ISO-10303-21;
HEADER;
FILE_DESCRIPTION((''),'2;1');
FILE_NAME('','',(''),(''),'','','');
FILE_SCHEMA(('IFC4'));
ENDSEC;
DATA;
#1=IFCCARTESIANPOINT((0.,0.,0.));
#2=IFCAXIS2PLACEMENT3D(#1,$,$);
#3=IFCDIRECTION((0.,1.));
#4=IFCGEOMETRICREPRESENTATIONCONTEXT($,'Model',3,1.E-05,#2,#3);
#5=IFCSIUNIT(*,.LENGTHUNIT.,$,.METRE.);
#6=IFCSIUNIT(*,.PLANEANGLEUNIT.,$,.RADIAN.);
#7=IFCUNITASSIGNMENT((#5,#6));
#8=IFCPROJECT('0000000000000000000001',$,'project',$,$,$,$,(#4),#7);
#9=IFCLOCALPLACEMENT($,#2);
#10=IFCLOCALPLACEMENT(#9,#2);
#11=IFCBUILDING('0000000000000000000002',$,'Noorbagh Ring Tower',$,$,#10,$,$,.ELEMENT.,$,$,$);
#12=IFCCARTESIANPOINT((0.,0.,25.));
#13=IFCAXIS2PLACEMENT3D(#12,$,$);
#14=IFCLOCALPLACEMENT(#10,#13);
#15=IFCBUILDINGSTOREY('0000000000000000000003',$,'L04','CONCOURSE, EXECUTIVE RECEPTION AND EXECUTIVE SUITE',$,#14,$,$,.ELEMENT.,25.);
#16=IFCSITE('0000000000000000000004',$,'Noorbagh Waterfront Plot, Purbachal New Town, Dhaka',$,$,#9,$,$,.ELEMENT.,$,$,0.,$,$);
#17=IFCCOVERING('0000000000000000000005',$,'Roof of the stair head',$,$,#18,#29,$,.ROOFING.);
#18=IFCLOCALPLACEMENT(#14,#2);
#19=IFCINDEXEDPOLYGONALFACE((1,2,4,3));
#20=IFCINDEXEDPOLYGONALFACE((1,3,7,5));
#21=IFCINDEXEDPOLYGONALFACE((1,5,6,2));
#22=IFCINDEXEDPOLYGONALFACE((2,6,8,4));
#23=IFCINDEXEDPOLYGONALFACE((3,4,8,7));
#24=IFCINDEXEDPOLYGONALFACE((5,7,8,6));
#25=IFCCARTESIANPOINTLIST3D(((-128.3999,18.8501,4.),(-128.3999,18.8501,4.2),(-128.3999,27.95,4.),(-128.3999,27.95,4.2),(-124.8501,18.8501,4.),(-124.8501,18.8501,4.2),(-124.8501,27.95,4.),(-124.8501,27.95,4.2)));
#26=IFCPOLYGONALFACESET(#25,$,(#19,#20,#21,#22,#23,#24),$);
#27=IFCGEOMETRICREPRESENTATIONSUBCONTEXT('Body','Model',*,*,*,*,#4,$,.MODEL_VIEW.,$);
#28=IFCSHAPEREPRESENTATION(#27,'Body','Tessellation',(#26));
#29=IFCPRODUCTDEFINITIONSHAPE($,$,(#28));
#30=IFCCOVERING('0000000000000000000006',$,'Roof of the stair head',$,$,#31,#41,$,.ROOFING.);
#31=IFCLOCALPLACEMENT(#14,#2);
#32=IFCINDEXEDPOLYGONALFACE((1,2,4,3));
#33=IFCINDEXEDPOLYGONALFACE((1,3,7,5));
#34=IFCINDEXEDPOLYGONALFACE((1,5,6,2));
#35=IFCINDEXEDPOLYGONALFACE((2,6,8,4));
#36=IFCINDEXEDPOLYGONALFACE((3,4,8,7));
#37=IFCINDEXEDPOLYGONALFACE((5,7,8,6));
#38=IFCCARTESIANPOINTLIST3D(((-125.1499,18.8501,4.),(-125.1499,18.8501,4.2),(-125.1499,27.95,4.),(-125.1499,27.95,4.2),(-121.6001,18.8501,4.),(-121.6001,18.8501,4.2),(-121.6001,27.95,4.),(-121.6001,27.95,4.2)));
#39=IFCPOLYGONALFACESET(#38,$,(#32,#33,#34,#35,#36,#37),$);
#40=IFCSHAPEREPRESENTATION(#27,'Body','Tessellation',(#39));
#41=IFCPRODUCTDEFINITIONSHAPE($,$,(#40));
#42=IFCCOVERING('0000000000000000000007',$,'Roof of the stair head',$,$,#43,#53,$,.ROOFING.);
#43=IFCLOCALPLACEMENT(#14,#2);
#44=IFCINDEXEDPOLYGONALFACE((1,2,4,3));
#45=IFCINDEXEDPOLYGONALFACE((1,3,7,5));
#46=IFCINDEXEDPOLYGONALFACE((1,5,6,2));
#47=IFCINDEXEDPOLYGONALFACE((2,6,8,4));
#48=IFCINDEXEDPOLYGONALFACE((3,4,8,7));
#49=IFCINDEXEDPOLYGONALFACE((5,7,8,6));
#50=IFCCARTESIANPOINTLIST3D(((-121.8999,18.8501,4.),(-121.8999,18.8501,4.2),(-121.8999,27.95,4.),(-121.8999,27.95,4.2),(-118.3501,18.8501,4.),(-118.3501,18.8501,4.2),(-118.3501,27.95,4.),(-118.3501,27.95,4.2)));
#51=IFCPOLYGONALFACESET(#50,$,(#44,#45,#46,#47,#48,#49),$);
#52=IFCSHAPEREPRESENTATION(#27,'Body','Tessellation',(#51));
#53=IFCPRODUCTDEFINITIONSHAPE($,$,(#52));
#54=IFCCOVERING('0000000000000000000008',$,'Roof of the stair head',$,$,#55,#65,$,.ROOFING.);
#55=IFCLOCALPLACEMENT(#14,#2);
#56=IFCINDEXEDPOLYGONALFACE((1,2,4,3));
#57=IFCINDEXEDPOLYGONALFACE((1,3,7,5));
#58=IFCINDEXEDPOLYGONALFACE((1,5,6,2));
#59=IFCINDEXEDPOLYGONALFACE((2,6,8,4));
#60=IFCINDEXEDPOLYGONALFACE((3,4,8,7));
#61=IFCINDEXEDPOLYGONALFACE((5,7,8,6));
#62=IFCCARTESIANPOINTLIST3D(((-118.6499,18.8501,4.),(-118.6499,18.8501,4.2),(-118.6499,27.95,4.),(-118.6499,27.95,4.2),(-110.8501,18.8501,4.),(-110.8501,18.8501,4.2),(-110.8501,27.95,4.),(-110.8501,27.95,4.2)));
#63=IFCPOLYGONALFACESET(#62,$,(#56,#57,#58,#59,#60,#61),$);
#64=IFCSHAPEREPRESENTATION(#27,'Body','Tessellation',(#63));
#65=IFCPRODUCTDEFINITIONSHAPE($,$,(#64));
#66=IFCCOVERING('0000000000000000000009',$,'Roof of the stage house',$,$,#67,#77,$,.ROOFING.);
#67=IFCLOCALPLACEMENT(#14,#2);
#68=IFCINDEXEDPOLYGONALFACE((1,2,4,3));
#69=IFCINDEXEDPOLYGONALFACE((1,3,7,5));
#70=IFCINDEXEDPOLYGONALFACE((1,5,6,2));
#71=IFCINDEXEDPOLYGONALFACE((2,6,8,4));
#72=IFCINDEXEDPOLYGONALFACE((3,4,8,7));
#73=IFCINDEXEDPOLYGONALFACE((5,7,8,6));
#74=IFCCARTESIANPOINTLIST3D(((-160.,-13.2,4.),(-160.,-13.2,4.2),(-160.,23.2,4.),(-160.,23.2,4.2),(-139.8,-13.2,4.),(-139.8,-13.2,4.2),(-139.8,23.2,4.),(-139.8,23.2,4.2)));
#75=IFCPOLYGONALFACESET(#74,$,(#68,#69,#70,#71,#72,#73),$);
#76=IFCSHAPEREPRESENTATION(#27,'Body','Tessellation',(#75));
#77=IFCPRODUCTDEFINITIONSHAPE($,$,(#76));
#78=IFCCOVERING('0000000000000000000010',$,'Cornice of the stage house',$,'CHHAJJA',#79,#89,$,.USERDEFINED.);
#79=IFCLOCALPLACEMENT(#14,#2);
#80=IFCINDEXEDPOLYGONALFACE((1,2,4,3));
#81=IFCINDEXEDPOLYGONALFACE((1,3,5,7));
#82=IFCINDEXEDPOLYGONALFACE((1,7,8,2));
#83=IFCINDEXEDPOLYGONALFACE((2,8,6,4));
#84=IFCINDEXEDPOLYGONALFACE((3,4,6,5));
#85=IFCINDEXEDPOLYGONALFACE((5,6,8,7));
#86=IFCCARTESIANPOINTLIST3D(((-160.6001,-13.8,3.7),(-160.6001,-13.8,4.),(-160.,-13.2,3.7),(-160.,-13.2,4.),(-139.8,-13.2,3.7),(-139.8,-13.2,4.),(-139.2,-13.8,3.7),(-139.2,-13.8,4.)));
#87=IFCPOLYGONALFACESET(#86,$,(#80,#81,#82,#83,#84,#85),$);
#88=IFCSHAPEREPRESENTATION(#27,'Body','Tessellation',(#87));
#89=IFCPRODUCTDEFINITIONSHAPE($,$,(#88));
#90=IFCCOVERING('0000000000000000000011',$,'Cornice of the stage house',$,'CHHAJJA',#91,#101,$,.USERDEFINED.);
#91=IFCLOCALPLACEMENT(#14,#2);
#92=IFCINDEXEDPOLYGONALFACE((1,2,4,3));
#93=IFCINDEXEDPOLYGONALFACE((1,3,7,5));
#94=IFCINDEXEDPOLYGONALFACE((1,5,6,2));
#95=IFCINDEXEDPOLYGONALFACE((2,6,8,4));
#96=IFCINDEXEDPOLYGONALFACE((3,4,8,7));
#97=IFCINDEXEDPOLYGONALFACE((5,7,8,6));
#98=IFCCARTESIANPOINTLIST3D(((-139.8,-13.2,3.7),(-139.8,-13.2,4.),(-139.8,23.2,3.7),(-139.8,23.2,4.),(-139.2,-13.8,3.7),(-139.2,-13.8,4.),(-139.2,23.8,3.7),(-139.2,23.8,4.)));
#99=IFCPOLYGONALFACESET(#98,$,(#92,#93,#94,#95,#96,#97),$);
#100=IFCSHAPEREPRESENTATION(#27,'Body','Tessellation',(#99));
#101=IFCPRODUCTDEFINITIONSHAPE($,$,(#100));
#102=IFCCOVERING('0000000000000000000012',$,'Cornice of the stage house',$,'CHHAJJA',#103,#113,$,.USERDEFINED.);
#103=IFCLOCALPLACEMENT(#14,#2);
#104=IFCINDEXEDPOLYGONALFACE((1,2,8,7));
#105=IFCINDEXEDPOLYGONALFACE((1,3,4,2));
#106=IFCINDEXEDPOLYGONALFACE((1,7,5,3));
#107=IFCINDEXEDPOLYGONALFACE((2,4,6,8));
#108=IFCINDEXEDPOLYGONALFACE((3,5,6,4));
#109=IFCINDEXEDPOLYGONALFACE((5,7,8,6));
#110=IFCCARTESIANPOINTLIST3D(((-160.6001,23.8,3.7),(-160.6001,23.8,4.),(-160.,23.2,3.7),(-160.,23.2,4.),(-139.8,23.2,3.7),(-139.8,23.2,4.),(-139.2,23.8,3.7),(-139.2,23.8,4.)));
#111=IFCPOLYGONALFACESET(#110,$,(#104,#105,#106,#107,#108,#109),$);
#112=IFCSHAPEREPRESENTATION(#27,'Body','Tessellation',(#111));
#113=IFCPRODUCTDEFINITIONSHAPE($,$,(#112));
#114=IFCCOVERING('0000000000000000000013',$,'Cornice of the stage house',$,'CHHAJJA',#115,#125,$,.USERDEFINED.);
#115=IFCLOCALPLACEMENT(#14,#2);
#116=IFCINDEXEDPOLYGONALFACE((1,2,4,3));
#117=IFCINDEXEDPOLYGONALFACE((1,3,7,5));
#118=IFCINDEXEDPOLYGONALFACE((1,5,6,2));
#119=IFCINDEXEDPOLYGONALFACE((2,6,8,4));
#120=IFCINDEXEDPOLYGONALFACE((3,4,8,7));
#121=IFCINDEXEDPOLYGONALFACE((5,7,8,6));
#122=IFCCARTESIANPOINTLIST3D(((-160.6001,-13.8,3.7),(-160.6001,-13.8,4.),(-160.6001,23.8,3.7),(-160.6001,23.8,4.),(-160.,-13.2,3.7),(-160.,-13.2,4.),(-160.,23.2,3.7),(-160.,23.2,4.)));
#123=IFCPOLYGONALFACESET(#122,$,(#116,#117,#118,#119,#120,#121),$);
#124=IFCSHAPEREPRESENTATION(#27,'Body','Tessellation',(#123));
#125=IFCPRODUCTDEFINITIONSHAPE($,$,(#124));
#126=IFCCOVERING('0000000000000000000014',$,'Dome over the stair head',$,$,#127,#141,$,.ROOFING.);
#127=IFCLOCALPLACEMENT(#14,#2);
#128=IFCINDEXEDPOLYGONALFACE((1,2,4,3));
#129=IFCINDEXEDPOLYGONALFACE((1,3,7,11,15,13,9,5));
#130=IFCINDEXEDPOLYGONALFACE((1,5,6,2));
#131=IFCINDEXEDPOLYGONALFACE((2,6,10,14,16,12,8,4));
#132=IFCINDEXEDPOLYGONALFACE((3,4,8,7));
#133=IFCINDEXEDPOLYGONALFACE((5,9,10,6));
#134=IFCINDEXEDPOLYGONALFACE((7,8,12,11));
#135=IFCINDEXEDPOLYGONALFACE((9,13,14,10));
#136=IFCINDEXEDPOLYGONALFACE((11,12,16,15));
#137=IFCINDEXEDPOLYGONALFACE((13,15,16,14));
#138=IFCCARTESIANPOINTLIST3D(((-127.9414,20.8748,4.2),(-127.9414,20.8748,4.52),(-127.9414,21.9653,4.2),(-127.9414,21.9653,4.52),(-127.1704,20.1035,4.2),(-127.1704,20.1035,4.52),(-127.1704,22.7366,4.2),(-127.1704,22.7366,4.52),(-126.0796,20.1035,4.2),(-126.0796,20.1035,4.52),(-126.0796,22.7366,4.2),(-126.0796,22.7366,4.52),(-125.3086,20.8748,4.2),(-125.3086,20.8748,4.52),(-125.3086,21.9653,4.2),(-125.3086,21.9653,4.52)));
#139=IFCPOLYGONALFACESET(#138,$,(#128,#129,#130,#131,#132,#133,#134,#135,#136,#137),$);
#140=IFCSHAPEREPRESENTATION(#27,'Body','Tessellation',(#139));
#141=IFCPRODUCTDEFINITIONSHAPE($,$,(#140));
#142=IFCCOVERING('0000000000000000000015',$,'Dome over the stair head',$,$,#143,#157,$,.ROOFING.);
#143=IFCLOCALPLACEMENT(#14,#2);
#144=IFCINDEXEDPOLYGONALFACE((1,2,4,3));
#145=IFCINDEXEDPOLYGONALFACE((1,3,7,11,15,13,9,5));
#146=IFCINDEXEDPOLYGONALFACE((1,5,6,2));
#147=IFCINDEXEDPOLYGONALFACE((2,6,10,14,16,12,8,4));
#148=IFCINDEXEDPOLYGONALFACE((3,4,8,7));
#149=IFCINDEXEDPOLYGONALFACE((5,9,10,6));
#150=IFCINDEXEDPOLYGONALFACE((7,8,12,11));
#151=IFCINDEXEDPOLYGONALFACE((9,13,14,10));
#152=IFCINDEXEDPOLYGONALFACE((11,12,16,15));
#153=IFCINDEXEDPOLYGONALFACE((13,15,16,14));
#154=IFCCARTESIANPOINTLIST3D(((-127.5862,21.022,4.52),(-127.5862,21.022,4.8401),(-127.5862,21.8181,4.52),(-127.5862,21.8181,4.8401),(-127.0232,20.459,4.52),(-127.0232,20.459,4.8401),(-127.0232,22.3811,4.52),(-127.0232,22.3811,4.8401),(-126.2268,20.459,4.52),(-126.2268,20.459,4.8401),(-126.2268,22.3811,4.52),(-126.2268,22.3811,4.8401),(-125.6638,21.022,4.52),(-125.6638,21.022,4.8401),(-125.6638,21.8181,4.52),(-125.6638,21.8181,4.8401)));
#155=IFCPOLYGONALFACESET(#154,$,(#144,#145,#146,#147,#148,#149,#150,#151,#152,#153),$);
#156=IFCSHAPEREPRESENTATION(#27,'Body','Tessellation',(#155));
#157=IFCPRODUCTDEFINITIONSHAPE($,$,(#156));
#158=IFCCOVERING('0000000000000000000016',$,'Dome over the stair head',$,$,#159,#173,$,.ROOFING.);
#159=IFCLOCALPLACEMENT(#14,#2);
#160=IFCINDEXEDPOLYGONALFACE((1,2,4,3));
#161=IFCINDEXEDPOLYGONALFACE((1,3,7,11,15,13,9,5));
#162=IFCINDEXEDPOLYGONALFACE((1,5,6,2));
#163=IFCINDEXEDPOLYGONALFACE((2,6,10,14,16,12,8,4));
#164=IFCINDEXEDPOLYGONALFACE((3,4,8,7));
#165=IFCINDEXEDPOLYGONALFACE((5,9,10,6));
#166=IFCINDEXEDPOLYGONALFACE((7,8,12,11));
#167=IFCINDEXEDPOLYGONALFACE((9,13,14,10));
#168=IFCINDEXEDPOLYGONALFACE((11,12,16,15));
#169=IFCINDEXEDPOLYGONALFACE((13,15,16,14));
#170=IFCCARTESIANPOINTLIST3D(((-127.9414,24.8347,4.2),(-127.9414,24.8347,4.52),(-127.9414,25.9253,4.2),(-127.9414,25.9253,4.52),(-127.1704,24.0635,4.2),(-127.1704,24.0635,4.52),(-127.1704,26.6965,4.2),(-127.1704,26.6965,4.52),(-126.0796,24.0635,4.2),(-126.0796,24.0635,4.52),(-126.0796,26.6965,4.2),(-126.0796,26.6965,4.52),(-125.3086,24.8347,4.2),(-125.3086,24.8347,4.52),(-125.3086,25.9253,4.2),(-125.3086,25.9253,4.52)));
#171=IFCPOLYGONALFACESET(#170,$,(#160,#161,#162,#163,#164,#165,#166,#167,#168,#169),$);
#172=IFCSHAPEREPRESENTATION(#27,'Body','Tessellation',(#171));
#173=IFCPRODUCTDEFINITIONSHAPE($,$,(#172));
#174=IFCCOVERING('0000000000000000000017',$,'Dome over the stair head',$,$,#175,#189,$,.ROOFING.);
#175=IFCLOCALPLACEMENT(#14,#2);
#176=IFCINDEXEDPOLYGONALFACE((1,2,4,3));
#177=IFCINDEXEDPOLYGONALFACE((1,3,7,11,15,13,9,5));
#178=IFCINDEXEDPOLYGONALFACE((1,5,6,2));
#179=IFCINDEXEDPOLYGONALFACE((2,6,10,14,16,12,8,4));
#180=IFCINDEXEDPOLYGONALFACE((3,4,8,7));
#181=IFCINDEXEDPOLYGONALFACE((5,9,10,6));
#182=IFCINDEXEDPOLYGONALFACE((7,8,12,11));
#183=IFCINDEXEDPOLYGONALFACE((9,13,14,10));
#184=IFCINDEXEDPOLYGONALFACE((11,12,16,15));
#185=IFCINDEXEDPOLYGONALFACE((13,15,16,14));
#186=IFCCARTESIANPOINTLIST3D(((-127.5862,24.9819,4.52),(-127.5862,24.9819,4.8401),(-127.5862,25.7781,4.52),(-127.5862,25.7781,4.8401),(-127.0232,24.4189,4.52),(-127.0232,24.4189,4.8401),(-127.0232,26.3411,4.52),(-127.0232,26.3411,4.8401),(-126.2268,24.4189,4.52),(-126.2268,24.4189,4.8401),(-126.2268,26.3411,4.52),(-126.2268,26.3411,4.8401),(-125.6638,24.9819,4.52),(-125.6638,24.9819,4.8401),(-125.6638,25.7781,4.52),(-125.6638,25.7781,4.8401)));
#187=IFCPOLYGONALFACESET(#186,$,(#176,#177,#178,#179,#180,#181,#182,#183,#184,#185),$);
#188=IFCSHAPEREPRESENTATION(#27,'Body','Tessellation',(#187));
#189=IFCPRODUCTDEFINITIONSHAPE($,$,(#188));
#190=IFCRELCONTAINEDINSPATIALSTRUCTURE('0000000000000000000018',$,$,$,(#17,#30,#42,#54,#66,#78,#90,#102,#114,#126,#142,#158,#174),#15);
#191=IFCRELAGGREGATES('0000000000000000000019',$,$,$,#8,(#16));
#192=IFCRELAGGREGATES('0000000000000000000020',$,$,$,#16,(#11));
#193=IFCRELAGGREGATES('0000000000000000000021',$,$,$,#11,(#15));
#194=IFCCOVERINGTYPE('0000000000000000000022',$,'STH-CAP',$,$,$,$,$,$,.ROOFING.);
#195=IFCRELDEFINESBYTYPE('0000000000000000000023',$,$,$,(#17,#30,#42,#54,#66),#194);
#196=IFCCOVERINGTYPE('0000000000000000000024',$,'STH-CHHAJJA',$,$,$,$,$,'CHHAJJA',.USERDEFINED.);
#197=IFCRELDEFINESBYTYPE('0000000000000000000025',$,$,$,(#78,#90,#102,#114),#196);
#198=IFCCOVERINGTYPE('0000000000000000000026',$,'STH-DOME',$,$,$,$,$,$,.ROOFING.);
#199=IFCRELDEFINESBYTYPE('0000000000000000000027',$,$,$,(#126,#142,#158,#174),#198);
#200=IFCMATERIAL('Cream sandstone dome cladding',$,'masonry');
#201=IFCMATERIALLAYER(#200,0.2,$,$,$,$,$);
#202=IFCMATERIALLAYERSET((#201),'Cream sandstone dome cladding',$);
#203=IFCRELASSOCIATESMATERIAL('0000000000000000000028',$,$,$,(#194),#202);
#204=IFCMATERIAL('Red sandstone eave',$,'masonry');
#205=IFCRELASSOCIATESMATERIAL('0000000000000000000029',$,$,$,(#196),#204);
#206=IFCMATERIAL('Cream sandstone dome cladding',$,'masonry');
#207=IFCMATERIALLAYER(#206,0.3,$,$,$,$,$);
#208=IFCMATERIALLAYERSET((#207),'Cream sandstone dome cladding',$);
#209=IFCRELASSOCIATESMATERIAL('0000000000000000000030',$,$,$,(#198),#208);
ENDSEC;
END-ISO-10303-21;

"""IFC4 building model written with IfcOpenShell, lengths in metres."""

from ifc_helpers import new_model, si_unit, direction, frame, origin, place, context, subcontext, project, spatial, polyline, outline, extrude, material, layer, layer_set, type_object, element, save


model = new_model("IFC4")

# Units and contexts
model_context = context("Model", 3, precision=1e-05, world=origin(), true_north=direction((0.0, 1.0)))
body_context = subcontext(model_context, "Body", "Model", "MODEL_VIEW")
ifc_project = project(units=[si_unit("LENGTHUNIT", "METRE"), si_unit("PLANEANGLEUNIT", "RADIAN")], contexts=[model_context])

# Site, building, storey
site_placement = place(None, origin())
site = spatial("IfcSite", under=ifc_project, at=site_placement, Name="Noorbagh Waterfront Plot, Purbachal New Town, Dhaka", CompositionType="ELEMENT", RefElevation=0.0)
building_placement = place(site_placement, origin())
building = spatial("IfcBuilding", under=site, at=building_placement, Name="Noorbagh Ring Tower", CompositionType="ELEMENT")
storey_placement = place(building_placement, frame((0.0, 0.0, 25.0)))
storey = spatial("IfcBuildingStorey", under=building, at=storey_placement, Name="L04", Description="CONCOURSE, EXECUTIVE RECEPTION AND EXECUTIVE SUITE", CompositionType="ELEMENT", Elevation=25.0)

# Coverings
ifc_material_1 = material(Name="Cream sandstone dome cladding", Category="masonry")
ifc_layer_1 = layer(ifc_material_1, 0.2)
ifc_layer_set_1 = layer_set([ifc_layer_1], Name="Cream sandstone dome cladding")
covering_type_1 = type_object("IfcCoveringType", Name="STH-CAP", PredefinedType="ROOFING", material=ifc_layer_set_1)
covering_1_placement = place(storey_placement, frame((0.0, 0.0, 4.0)))
element("IfcCovering", 1, at=covering_1_placement, inside=storey, type_object=covering_type_1, Name="Roof of the stair head", PredefinedType="ROOFING", context=body_context, shape_type="SweptSolid", body=[
    extrude(outline(polyline([(-128.3999, 18.8501), (-124.8501, 18.8501), (-124.8501, 27.95), (-128.3999, 27.95), (-128.3999, 18.8501)])), origin(), (0.0, 0.0, 1.0), 0.2),
])
covering_2_placement = place(storey_placement, frame((0.0, 0.0, 4.0)))
element("IfcCovering", 2, at=covering_2_placement, inside=storey, type_object=covering_type_1, Name="Roof of the stair head", PredefinedType="ROOFING", context=body_context, shape_type="SweptSolid", body=[
    extrude(outline(polyline([(-125.1499, 18.8501), (-121.6001, 18.8501), (-121.6001, 27.95), (-125.1499, 27.95), (-125.1499, 18.8501)])), origin(), (0.0, 0.0, 1.0), 0.2),
])
covering_3_placement = place(storey_placement, frame((0.0, 0.0, 4.0)))
element("IfcCovering", 3, at=covering_3_placement, inside=storey, type_object=covering_type_1, Name="Roof of the stair head", PredefinedType="ROOFING", context=body_context, shape_type="SweptSolid", body=[
    extrude(outline(polyline([(-121.8999, 18.8501), (-118.3501, 18.8501), (-118.3501, 27.95), (-121.8999, 27.95), (-121.8999, 18.8501)])), origin(), (0.0, 0.0, 1.0), 0.2),
])
covering_4_placement = place(storey_placement, frame((0.0, 0.0, 4.0)))
element("IfcCovering", 4, at=covering_4_placement, inside=storey, type_object=covering_type_1, Name="Roof of the stair head", PredefinedType="ROOFING", context=body_context, shape_type="SweptSolid", body=[
    extrude(outline(polyline([(-118.6499, 18.8501), (-110.8501, 18.8501), (-110.8501, 27.95), (-118.6499, 27.95), (-118.6499, 18.8501)])), origin(), (0.0, 0.0, 1.0), 0.2),
])
covering_5_placement = place(storey_placement, frame((0.0, 0.0, 4.0)))
element("IfcCovering", 5, at=covering_5_placement, inside=storey, type_object=covering_type_1, Name="Roof of the stage house", PredefinedType="ROOFING", context=body_context, shape_type="SweptSolid", body=[
    extrude(outline(polyline([(-160.0, -13.2), (-139.8, -13.2), (-139.8, 23.2), (-160.0, 23.2), (-160.0, -13.2)])), origin(), (0.0, 0.0, 1.0), 0.2),
])
ifc_material_2 = material(Name="Red sandstone eave", Category="masonry")
covering_type_2 = type_object("IfcCoveringType", Name="STH-CHHAJJA", ElementType="CHHAJJA", PredefinedType="USERDEFINED", material=ifc_material_2)
covering_6_placement = place(storey_placement, frame((0.0, 0.0, 3.7)))
element("IfcCovering", 6, at=covering_6_placement, inside=storey, type_object=covering_type_2, Name="Cornice of the stage house", ObjectType="CHHAJJA", PredefinedType="USERDEFINED", context=body_context, shape_type="SweptSolid", body=[
    extrude(outline(polyline([(-160.0, -13.2), (-139.8, -13.2), (-139.2, -13.8), (-160.6001, -13.8), (-160.0, -13.2)])), origin(), (0.0, 0.0, 1.0), 0.3),
])
covering_7_placement = place(storey_placement, frame((0.0, 0.0, 3.7)))
element("IfcCovering", 7, at=covering_7_placement, inside=storey, type_object=covering_type_2, Name="Cornice of the stage house", ObjectType="CHHAJJA", PredefinedType="USERDEFINED", context=body_context, shape_type="SweptSolid", body=[
    extrude(outline(polyline([(-139.8, -13.2), (-139.8, 23.2), (-139.2, 23.8), (-139.2, -13.8), (-139.8, -13.2)])), origin(), (0.0, 0.0, 1.0), 0.3),
])
covering_8_placement = place(storey_placement, frame((0.0, 0.0, 3.7)))
element("IfcCovering", 8, at=covering_8_placement, inside=storey, type_object=covering_type_2, Name="Cornice of the stage house", ObjectType="CHHAJJA", PredefinedType="USERDEFINED", context=body_context, shape_type="SweptSolid", body=[
    extrude(outline(polyline([(-139.8, 23.2), (-160.0, 23.2), (-160.6001, 23.8), (-139.2, 23.8), (-139.8, 23.2)])), origin(), (0.0, 0.0, 1.0), 0.3),
])
covering_9_placement = place(storey_placement, frame((0.0, 0.0, 3.7)))
element("IfcCovering", 9, at=covering_9_placement, inside=storey, type_object=covering_type_2, Name="Cornice of the stage house", ObjectType="CHHAJJA", PredefinedType="USERDEFINED", context=body_context, shape_type="SweptSolid", body=[
    extrude(outline(polyline([(-160.0, 23.2), (-160.0, -13.2), (-160.6001, -13.8), (-160.6001, 23.8), (-160.0, 23.2)])), origin(), (0.0, 0.0, 1.0), 0.3),
])
ifc_material_3 = material(Name="Cream sandstone dome cladding", Category="masonry")
ifc_layer_2 = layer(ifc_material_3, 0.3)
ifc_layer_set_2 = layer_set([ifc_layer_2], Name="Cream sandstone dome cladding")
covering_type_3 = type_object("IfcCoveringType", Name="STH-DOME", PredefinedType="ROOFING", material=ifc_layer_set_2)
covering_10_placement = place(storey_placement, frame((0.0, 0.0, 4.2)))
element("IfcCovering", 10, at=covering_10_placement, inside=storey, type_object=covering_type_3, Name="Dome over the stair head", PredefinedType="ROOFING", context=body_context, shape_type="SweptSolid", body=[
    extrude(outline(polyline([(-125.3086, 21.9653), (-126.0796, 22.7366), (-127.1704, 22.7366), (-127.9414, 21.9653), (-127.9414, 20.8748), (-127.1704, 20.1035), (-126.0796, 20.1035), (-125.3086, 20.8748), (-125.3086, 21.9653)])), origin(), (0.0, 0.0, 1.0), 0.3201),
])
covering_11_placement = place(storey_placement, frame((0.0, 0.0, 4.52)))
element("IfcCovering", 11, at=covering_11_placement, inside=storey, type_object=covering_type_3, Name="Dome over the stair head", PredefinedType="ROOFING", context=body_context, shape_type="SweptSolid", body=[
    extrude(outline(polyline([(-125.6638, 21.8181), (-126.2268, 22.3811), (-127.0232, 22.3811), (-127.5862, 21.8181), (-127.5862, 21.022), (-127.0232, 20.459), (-126.2268, 20.459), (-125.6638, 21.022), (-125.6638, 21.8181)])), origin(), (0.0, 0.0, 1.0), 0.3201),
])
covering_12_placement = place(storey_placement, frame((0.0, 0.0, 4.2)))
element("IfcCovering", 12, at=covering_12_placement, inside=storey, type_object=covering_type_3, Name="Dome over the stair head", PredefinedType="ROOFING", context=body_context, shape_type="SweptSolid", body=[
    extrude(outline(polyline([(-125.3086, 25.9253), (-126.0796, 26.6965), (-127.1704, 26.6965), (-127.9414, 25.9253), (-127.9414, 24.8347), (-127.1704, 24.0635), (-126.0796, 24.0635), (-125.3086, 24.8347), (-125.3086, 25.9253)])), origin(), (0.0, 0.0, 1.0), 0.3201),
])
covering_13_placement = place(storey_placement, frame((0.0, 0.0, 4.52)))
element("IfcCovering", 13, at=covering_13_placement, inside=storey, type_object=covering_type_3, Name="Dome over the stair head", PredefinedType="ROOFING", context=body_context, shape_type="SweptSolid", body=[
    extrude(outline(polyline([(-125.6638, 25.7781), (-126.2268, 26.3411), (-127.0232, 26.3411), (-127.5862, 25.7781), (-127.5862, 24.9819), (-127.0232, 24.4189), (-126.2268, 24.4189), (-125.6638, 24.9819), (-125.6638, 25.7781)])), origin(), (0.0, 0.0, 1.0), 0.3201),
])

save(model, "model.ifc")
